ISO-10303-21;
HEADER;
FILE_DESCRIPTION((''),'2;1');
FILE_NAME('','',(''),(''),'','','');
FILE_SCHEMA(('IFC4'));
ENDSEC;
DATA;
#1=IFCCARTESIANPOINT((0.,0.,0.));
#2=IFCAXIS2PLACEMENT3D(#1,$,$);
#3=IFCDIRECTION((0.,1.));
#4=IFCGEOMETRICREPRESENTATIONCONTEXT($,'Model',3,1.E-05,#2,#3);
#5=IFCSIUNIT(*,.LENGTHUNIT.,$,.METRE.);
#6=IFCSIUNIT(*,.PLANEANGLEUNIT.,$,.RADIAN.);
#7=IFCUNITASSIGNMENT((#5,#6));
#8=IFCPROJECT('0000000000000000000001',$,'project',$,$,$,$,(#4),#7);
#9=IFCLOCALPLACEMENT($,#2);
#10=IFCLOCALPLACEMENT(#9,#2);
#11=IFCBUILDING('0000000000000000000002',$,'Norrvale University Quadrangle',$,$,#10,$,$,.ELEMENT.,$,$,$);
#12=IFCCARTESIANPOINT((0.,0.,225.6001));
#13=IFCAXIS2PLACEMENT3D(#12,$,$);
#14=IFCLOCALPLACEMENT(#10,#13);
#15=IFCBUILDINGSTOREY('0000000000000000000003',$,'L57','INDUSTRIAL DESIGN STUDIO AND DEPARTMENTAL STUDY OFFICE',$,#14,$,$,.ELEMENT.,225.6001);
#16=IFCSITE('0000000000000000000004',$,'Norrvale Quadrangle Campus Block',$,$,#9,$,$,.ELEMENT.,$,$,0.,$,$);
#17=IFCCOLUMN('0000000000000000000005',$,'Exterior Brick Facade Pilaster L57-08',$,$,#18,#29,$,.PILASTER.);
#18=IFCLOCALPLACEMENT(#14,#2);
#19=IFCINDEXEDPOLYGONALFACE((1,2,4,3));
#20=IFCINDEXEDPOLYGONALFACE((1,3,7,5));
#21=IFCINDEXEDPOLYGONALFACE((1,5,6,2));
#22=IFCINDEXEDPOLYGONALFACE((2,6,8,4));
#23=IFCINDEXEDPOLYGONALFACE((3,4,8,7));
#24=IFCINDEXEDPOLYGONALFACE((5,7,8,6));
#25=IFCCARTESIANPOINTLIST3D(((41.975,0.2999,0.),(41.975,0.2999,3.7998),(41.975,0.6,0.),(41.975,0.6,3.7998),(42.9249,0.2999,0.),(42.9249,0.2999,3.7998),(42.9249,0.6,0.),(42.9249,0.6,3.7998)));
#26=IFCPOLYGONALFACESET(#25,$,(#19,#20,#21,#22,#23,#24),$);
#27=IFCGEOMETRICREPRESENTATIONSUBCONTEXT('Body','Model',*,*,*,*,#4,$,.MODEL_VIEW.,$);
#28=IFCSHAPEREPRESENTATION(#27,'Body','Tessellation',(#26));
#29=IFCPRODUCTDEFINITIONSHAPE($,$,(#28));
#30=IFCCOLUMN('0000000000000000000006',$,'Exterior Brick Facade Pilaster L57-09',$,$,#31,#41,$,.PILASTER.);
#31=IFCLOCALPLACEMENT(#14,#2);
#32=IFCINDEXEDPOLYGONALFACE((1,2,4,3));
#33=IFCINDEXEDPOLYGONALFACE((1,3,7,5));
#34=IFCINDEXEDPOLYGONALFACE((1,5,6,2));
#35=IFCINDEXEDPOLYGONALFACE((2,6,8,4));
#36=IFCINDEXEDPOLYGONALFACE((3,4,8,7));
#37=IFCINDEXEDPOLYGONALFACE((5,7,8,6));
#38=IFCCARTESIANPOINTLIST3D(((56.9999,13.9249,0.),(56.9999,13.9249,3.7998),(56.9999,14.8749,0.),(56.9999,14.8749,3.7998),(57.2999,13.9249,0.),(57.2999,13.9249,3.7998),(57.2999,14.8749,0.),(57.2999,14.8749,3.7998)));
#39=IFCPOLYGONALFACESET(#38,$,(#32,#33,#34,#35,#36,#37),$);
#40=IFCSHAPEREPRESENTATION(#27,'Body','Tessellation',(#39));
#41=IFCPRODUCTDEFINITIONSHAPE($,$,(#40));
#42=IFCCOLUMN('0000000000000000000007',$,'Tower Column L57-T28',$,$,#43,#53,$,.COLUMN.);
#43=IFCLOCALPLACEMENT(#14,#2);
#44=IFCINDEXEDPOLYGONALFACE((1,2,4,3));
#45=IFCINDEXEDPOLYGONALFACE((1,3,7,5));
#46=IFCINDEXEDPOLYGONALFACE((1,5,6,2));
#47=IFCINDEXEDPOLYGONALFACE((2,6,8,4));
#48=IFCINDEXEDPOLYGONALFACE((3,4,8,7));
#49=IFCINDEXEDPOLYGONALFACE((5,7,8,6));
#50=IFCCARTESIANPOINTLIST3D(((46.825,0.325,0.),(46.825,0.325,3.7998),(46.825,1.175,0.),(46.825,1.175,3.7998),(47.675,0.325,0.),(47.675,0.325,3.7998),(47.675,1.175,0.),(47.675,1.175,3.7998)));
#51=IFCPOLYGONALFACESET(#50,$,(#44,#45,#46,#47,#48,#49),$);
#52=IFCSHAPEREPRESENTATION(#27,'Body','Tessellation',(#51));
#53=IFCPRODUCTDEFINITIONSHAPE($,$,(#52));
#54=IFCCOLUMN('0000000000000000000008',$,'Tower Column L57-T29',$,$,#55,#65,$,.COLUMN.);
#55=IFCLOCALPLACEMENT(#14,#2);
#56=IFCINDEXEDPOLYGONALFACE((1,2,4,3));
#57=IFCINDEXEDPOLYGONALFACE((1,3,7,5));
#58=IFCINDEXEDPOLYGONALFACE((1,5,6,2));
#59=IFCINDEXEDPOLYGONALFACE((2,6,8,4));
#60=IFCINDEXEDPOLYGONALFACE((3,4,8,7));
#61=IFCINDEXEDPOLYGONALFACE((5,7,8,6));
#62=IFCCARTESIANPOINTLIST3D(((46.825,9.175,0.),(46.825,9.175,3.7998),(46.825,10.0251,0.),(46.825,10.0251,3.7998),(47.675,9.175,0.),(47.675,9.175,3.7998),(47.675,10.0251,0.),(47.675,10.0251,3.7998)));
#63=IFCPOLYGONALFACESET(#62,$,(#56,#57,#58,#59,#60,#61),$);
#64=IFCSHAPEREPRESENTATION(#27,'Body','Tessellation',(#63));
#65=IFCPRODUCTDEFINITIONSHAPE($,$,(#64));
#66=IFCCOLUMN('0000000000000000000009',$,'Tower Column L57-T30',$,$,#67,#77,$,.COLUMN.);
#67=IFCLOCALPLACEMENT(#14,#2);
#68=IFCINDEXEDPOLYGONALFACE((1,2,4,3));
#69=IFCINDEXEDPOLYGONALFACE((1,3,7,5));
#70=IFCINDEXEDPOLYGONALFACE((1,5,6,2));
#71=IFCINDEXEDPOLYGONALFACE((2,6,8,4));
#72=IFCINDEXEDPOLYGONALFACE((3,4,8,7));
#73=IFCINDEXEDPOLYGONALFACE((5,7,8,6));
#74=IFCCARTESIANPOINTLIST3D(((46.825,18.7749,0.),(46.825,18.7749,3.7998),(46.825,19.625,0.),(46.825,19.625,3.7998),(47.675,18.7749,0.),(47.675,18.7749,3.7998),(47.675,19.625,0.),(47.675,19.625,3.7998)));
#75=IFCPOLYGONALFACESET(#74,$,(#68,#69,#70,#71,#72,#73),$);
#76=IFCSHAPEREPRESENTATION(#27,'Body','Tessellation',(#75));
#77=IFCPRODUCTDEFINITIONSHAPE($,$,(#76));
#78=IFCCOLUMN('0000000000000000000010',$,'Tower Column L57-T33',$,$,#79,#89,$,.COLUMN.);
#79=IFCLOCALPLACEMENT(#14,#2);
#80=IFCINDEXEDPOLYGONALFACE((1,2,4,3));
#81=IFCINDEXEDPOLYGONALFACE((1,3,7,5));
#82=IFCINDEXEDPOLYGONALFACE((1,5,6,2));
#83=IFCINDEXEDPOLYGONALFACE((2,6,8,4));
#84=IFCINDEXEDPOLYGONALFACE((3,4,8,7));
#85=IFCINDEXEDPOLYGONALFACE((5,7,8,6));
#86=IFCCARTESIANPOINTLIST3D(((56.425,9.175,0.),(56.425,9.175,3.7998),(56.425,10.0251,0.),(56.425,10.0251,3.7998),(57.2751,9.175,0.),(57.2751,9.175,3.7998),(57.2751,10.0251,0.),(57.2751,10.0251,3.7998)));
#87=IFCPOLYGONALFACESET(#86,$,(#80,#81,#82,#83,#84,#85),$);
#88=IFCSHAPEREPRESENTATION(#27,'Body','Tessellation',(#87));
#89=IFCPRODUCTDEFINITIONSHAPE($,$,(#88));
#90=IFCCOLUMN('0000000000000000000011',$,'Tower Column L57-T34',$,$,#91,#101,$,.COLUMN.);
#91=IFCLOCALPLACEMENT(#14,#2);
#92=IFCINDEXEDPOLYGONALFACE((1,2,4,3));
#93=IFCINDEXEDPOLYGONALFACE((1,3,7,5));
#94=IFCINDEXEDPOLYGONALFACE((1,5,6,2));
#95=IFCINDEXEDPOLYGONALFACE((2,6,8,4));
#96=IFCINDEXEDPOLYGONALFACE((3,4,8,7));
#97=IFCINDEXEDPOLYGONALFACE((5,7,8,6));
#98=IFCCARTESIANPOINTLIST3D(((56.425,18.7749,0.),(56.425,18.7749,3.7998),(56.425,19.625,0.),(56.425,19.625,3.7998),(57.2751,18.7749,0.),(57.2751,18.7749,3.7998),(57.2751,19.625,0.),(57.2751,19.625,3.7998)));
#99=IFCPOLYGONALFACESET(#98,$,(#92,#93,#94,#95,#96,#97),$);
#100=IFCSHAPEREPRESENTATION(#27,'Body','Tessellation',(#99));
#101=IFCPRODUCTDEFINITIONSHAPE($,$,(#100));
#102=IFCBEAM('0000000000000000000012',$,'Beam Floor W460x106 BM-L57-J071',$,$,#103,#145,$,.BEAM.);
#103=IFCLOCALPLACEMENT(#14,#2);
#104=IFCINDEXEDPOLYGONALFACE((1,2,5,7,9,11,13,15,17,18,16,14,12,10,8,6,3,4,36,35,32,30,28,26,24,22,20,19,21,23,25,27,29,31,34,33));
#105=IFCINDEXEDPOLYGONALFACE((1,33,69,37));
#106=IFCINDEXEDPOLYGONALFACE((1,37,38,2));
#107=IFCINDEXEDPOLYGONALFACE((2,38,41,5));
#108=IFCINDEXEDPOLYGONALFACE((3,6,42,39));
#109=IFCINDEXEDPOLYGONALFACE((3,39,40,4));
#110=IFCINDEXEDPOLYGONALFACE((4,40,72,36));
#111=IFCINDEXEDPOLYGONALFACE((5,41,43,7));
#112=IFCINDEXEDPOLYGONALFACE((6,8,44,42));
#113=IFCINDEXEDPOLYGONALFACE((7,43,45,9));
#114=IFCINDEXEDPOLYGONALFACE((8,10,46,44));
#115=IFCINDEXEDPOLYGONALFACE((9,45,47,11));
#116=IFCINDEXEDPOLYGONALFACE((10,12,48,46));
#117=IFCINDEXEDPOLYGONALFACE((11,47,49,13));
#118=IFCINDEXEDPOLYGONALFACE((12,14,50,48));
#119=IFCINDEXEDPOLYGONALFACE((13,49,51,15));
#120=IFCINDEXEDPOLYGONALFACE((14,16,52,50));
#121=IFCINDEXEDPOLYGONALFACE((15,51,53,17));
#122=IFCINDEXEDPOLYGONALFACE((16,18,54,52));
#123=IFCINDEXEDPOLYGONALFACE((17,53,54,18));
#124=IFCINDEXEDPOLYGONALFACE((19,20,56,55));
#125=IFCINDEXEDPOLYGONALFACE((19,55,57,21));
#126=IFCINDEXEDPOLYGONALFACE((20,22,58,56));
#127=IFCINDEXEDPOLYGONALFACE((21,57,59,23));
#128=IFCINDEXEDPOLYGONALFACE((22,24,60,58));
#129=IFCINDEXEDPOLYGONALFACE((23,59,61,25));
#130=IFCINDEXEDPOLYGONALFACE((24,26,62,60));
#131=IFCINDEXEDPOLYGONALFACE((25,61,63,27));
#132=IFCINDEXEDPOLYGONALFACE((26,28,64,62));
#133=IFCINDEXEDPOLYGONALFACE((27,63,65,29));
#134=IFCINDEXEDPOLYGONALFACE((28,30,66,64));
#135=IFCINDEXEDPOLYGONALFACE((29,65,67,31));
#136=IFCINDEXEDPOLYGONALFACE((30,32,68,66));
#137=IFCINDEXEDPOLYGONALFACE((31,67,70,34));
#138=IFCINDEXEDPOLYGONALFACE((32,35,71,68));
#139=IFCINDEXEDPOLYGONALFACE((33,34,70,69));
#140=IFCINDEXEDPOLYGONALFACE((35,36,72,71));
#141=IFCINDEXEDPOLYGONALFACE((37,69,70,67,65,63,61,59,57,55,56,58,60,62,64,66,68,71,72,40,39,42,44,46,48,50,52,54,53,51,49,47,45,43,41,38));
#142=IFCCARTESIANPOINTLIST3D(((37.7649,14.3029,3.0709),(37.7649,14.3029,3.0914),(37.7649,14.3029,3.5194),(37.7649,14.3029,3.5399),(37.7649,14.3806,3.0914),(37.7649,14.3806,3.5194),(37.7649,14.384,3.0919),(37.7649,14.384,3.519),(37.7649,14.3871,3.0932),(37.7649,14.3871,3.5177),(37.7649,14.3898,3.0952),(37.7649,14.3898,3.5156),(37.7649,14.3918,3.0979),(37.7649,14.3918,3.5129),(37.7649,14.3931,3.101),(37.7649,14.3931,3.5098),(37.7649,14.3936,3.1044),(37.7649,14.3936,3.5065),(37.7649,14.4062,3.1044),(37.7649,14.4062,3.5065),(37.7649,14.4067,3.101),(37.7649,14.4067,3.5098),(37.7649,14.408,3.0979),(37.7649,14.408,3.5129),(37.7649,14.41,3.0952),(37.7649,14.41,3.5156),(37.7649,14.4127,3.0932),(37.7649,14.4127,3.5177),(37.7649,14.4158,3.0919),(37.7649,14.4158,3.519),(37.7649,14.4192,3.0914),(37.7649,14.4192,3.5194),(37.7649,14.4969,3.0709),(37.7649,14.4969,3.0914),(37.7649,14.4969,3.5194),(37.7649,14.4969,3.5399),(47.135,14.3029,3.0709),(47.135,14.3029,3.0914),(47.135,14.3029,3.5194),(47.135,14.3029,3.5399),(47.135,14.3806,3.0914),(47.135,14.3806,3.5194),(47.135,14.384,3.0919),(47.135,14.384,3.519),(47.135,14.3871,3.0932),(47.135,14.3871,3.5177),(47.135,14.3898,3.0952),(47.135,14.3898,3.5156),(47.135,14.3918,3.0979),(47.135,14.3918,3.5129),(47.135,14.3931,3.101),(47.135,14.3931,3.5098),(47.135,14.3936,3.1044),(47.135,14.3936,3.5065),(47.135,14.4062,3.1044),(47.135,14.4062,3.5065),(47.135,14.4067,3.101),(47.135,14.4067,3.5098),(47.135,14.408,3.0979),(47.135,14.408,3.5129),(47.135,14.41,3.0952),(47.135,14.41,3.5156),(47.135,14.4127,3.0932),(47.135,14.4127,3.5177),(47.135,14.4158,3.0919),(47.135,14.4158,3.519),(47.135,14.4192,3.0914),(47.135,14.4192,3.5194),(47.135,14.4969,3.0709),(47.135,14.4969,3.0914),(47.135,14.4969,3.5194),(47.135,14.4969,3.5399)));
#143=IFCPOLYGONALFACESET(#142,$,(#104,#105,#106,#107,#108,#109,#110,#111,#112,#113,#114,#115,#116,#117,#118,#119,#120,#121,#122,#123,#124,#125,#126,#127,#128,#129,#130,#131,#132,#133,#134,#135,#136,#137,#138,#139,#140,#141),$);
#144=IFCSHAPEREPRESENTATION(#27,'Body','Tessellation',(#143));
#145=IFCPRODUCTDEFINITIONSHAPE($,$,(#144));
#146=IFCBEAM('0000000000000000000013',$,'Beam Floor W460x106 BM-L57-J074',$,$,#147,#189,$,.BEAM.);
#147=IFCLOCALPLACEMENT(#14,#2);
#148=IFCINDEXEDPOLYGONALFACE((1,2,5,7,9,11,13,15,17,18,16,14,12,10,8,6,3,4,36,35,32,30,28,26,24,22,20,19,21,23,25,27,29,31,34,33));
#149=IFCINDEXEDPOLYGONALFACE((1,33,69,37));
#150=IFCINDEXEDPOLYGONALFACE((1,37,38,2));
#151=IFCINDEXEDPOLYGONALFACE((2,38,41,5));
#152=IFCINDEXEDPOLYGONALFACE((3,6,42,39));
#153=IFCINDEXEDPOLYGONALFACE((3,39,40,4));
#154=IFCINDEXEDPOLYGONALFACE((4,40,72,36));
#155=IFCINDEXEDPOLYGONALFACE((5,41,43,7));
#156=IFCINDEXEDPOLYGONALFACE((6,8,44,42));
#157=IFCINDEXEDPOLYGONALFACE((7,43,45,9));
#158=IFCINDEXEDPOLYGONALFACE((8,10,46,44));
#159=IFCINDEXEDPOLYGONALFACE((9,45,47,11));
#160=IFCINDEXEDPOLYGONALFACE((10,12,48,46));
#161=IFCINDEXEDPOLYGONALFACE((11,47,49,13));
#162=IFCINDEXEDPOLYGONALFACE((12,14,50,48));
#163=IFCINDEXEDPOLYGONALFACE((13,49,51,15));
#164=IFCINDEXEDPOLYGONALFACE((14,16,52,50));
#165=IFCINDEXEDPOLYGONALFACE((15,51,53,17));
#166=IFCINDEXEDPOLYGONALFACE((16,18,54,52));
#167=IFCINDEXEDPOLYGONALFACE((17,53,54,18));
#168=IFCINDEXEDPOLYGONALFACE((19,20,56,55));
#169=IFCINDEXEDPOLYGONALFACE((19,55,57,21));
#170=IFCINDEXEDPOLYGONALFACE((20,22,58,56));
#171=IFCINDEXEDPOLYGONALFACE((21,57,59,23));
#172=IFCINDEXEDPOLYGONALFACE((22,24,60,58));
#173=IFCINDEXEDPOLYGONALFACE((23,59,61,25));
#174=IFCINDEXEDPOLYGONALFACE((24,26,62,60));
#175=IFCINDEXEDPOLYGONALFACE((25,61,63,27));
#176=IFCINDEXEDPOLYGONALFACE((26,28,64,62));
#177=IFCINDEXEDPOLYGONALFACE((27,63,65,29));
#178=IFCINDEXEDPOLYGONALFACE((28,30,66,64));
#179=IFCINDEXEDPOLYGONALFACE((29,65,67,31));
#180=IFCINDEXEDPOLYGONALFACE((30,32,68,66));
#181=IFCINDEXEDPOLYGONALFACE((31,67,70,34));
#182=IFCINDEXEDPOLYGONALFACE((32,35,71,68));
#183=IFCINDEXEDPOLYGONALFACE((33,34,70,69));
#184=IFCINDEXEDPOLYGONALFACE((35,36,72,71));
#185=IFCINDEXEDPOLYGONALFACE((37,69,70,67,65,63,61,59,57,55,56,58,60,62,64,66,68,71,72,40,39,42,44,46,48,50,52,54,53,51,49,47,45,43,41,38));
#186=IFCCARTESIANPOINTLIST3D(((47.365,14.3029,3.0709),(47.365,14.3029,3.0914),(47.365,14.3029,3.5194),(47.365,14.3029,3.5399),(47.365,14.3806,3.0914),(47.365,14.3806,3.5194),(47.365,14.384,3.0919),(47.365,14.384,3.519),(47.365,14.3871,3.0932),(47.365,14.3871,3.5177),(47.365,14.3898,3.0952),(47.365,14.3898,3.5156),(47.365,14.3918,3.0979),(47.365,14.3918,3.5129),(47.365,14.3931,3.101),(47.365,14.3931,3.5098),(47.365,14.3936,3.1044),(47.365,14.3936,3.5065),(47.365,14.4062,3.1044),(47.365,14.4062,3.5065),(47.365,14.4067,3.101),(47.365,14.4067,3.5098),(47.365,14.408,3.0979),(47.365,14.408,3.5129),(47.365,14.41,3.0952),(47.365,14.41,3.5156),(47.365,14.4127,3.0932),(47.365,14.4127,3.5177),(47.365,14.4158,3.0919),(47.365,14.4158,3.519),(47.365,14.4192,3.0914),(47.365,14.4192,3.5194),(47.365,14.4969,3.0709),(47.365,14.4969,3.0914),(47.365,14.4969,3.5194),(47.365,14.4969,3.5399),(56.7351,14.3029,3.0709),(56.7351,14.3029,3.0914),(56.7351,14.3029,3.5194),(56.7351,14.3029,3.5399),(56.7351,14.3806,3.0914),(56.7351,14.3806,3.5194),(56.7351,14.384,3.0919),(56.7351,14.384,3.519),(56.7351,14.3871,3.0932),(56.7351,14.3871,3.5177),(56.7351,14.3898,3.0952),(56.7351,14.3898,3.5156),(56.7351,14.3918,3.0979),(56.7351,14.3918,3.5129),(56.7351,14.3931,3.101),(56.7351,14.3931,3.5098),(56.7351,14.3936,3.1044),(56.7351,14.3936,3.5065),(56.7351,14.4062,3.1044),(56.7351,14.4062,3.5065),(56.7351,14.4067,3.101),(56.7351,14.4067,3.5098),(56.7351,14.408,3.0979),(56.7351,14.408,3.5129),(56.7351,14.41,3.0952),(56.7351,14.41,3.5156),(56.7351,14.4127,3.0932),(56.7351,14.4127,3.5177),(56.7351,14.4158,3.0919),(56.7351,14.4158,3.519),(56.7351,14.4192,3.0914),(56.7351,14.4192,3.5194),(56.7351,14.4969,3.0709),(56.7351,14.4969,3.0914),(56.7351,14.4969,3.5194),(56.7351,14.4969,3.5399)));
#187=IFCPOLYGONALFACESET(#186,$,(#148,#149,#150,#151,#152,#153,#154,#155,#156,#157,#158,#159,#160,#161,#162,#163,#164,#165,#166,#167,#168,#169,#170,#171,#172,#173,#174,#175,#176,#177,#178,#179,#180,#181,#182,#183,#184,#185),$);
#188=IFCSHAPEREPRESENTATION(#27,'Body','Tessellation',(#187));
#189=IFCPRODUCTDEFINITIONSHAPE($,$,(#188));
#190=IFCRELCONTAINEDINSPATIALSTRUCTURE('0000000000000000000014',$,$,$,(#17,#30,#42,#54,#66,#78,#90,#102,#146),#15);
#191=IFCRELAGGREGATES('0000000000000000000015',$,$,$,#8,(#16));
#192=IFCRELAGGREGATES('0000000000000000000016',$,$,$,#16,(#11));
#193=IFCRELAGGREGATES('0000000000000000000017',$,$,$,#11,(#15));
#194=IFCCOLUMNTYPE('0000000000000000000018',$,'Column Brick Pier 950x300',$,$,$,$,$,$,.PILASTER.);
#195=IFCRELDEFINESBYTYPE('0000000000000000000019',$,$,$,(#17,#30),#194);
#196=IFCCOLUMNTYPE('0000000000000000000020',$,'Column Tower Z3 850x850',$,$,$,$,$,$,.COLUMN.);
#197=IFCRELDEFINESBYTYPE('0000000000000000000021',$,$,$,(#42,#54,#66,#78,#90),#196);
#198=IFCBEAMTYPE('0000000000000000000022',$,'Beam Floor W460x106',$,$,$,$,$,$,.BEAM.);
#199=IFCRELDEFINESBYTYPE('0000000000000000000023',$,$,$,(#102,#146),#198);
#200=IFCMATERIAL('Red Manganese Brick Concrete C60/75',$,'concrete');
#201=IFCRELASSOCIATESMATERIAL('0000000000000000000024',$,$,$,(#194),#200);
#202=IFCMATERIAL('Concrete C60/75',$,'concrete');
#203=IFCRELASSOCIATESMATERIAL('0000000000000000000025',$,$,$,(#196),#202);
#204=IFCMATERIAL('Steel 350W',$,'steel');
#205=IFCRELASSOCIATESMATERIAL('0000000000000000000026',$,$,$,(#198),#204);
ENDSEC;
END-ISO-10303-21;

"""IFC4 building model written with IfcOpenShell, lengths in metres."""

from ifc_helpers import new_model, si_unit, direction, frame, origin, origin_2d, place, context, subcontext, project, spatial, rectangle, i_section, extrude, material, material_profile, profile_set, type_object, element, save


model = new_model("IFC4")

# Units and contexts
model_context = context("Model", 3, precision=1e-05, world=origin(), true_north=direction((0.0, 1.0)))
body_context = subcontext(model_context, "Body", "Model", "MODEL_VIEW")
ifc_project = project(units=[si_unit("LENGTHUNIT", "METRE"), si_unit("PLANEANGLEUNIT", "RADIAN")], contexts=[model_context])

# Site, building, storey
site_placement = place(None, origin())
site = spatial("IfcSite", under=ifc_project, at=site_placement, Name="Norrvale Quadrangle Campus Block", CompositionType="ELEMENT", RefElevation=0.0)
building_placement = place(site_placement, origin())
building = spatial("IfcBuilding", under=site, at=building_placement, Name="Norrvale University Quadrangle", CompositionType="ELEMENT")
storey_placement = place(building_placement, frame((0.0, 0.0, 225.6001)))
storey = spatial("IfcBuildingStorey", under=building, at=storey_placement, Name="L57", Description="INDUSTRIAL DESIGN STUDIO AND DEPARTMENTAL STUDY OFFICE", CompositionType="ELEMENT", Elevation=225.6001)

# Columns
ifc_material_1 = material(Name="Red Manganese Brick Concrete C60/75", Category="concrete")
ifc_material_profile_1 = material_profile(ifc_material_1, rectangle(XDim=0.95, YDim=0.3, at=origin_2d()), Name="Red Manganese Brick Concrete C60/75")
ifc_profile_set_1 = profile_set([ifc_material_profile_1], Name="Red Manganese Brick Concrete C60/75")
column_type_1 = type_object("IfcColumnType", Name="Column Brick Pier 950x300", PredefinedType="PILASTER", material=ifc_profile_set_1)
for number, where, z_axis, x_axis, name in (
    (1, (42.45, 0.45, 0.0), (0.0, 0.0, 1.0), (1.0, 0.0, 0.0), "Exterior Brick Facade Pilaster L57-08"),
    (2, (57.1499, 14.3999, 0.0), (0.0, 0.0, 1.0), (0.0, 1.0, 0.0), "Exterior Brick Facade Pilaster L57-09"),
):
    element("IfcColumn", number, at=place(storey_placement, frame(where, z_axis=z_axis, x_axis=x_axis)), inside=storey, type_object=column_type_1, Name=name, PredefinedType="PILASTER", context=body_context, shape_type="SweptSolid", body=[
        extrude(rectangle(XDim=0.95, YDim=0.3, at=origin_2d()), origin(), (0.0, 0.0, 1.0), 3.7998),
    ])
ifc_material_2 = material(Name="Concrete C60/75", Category="concrete")
ifc_material_profile_2 = material_profile(ifc_material_2, rectangle(XDim=0.8501, YDim=0.8501, at=origin_2d()), Name="Concrete C60/75")
ifc_profile_set_2 = profile_set([ifc_material_profile_2], Name="Concrete C60/75")
column_type_2 = type_object("IfcColumnType", Name="Column Tower Z3 850x850", PredefinedType="COLUMN", material=ifc_profile_set_2)
for number, where, z_axis, x_axis, name in (
    (3, (47.25, 0.75, 0.0), (0.0, 0.0, 1.0), (1.0, 0.0, 0.0), "Tower Column L57-T28"),
    (4, (47.25, 9.6001, 0.0), (0.0, 0.0, 1.0), (1.0, 0.0, 0.0), "Tower Column L57-T29"),
    (5, (47.25, 19.2, 0.0), (0.0, 0.0, 1.0), (1.0, 0.0, 0.0), "Tower Column L57-T30"),
    (6, (56.8501, 9.6001, 0.0), (0.0, 0.0, 1.0), (1.0, 0.0, 0.0), "Tower Column L57-T33"),
    (7, (56.8501, 19.2, 0.0), (0.0, 0.0, 1.0), (1.0, 0.0, 0.0), "Tower Column L57-T34"),
):
    element("IfcColumn", number, at=place(storey_placement, frame(where, z_axis=z_axis, x_axis=x_axis)), inside=storey, type_object=column_type_2, Name=name, PredefinedType="COLUMN", context=body_context, shape_type="SweptSolid", body=[
        extrude(rectangle(XDim=0.8501, YDim=0.8501, at=origin_2d()), origin(), (0.0, 0.0, 1.0), 3.7998),
    ])

# Beams
ifc_material_3 = material(Name="Steel 350W", Category="steel")
ifc_material_profile_3 = material_profile(ifc_material_3, i_section(OverallWidth=0.1941, OverallDepth=0.469, WebThickness=0.0127, FlangeThickness=0.0205, FilletRadius=0.0129, at=origin_2d()), Name="Steel 350W")
ifc_profile_set_3 = profile_set([ifc_material_profile_3], Name="Steel 350W")
beam_type_1 = type_object("IfcBeamType", Name="Beam Floor W460x106", PredefinedType="BEAM", material=ifc_profile_set_3)
for number, where, z_axis, x_axis, name in (
    (8, (37.7649, 14.3999, 3.3054), (1.0, 0.0, 0.0), (0.0, 1.0, 0.0), "Beam Floor W460x106 BM-L57-J071"),
    (9, (47.365, 14.3999, 3.3054), (1.0, 0.0, 0.0), (0.0, 1.0, 0.0), "Beam Floor W460x106 BM-L57-J074"),
):
    element("IfcBeam", number, at=place(storey_placement, frame(where, z_axis=z_axis, x_axis=x_axis)), inside=storey, type_object=beam_type_1, Name=name, PredefinedType="BEAM", context=body_context, shape_type="SweptSolid", body=[
        extrude(i_section(OverallWidth=0.1941, OverallDepth=0.469, WebThickness=0.0127, FlangeThickness=0.0205, FilletRadius=0.0129, at=origin_2d()), origin(), (0.0, 0.0, 1.0), 9.3701),
    ])

save(model, "model.ifc")
